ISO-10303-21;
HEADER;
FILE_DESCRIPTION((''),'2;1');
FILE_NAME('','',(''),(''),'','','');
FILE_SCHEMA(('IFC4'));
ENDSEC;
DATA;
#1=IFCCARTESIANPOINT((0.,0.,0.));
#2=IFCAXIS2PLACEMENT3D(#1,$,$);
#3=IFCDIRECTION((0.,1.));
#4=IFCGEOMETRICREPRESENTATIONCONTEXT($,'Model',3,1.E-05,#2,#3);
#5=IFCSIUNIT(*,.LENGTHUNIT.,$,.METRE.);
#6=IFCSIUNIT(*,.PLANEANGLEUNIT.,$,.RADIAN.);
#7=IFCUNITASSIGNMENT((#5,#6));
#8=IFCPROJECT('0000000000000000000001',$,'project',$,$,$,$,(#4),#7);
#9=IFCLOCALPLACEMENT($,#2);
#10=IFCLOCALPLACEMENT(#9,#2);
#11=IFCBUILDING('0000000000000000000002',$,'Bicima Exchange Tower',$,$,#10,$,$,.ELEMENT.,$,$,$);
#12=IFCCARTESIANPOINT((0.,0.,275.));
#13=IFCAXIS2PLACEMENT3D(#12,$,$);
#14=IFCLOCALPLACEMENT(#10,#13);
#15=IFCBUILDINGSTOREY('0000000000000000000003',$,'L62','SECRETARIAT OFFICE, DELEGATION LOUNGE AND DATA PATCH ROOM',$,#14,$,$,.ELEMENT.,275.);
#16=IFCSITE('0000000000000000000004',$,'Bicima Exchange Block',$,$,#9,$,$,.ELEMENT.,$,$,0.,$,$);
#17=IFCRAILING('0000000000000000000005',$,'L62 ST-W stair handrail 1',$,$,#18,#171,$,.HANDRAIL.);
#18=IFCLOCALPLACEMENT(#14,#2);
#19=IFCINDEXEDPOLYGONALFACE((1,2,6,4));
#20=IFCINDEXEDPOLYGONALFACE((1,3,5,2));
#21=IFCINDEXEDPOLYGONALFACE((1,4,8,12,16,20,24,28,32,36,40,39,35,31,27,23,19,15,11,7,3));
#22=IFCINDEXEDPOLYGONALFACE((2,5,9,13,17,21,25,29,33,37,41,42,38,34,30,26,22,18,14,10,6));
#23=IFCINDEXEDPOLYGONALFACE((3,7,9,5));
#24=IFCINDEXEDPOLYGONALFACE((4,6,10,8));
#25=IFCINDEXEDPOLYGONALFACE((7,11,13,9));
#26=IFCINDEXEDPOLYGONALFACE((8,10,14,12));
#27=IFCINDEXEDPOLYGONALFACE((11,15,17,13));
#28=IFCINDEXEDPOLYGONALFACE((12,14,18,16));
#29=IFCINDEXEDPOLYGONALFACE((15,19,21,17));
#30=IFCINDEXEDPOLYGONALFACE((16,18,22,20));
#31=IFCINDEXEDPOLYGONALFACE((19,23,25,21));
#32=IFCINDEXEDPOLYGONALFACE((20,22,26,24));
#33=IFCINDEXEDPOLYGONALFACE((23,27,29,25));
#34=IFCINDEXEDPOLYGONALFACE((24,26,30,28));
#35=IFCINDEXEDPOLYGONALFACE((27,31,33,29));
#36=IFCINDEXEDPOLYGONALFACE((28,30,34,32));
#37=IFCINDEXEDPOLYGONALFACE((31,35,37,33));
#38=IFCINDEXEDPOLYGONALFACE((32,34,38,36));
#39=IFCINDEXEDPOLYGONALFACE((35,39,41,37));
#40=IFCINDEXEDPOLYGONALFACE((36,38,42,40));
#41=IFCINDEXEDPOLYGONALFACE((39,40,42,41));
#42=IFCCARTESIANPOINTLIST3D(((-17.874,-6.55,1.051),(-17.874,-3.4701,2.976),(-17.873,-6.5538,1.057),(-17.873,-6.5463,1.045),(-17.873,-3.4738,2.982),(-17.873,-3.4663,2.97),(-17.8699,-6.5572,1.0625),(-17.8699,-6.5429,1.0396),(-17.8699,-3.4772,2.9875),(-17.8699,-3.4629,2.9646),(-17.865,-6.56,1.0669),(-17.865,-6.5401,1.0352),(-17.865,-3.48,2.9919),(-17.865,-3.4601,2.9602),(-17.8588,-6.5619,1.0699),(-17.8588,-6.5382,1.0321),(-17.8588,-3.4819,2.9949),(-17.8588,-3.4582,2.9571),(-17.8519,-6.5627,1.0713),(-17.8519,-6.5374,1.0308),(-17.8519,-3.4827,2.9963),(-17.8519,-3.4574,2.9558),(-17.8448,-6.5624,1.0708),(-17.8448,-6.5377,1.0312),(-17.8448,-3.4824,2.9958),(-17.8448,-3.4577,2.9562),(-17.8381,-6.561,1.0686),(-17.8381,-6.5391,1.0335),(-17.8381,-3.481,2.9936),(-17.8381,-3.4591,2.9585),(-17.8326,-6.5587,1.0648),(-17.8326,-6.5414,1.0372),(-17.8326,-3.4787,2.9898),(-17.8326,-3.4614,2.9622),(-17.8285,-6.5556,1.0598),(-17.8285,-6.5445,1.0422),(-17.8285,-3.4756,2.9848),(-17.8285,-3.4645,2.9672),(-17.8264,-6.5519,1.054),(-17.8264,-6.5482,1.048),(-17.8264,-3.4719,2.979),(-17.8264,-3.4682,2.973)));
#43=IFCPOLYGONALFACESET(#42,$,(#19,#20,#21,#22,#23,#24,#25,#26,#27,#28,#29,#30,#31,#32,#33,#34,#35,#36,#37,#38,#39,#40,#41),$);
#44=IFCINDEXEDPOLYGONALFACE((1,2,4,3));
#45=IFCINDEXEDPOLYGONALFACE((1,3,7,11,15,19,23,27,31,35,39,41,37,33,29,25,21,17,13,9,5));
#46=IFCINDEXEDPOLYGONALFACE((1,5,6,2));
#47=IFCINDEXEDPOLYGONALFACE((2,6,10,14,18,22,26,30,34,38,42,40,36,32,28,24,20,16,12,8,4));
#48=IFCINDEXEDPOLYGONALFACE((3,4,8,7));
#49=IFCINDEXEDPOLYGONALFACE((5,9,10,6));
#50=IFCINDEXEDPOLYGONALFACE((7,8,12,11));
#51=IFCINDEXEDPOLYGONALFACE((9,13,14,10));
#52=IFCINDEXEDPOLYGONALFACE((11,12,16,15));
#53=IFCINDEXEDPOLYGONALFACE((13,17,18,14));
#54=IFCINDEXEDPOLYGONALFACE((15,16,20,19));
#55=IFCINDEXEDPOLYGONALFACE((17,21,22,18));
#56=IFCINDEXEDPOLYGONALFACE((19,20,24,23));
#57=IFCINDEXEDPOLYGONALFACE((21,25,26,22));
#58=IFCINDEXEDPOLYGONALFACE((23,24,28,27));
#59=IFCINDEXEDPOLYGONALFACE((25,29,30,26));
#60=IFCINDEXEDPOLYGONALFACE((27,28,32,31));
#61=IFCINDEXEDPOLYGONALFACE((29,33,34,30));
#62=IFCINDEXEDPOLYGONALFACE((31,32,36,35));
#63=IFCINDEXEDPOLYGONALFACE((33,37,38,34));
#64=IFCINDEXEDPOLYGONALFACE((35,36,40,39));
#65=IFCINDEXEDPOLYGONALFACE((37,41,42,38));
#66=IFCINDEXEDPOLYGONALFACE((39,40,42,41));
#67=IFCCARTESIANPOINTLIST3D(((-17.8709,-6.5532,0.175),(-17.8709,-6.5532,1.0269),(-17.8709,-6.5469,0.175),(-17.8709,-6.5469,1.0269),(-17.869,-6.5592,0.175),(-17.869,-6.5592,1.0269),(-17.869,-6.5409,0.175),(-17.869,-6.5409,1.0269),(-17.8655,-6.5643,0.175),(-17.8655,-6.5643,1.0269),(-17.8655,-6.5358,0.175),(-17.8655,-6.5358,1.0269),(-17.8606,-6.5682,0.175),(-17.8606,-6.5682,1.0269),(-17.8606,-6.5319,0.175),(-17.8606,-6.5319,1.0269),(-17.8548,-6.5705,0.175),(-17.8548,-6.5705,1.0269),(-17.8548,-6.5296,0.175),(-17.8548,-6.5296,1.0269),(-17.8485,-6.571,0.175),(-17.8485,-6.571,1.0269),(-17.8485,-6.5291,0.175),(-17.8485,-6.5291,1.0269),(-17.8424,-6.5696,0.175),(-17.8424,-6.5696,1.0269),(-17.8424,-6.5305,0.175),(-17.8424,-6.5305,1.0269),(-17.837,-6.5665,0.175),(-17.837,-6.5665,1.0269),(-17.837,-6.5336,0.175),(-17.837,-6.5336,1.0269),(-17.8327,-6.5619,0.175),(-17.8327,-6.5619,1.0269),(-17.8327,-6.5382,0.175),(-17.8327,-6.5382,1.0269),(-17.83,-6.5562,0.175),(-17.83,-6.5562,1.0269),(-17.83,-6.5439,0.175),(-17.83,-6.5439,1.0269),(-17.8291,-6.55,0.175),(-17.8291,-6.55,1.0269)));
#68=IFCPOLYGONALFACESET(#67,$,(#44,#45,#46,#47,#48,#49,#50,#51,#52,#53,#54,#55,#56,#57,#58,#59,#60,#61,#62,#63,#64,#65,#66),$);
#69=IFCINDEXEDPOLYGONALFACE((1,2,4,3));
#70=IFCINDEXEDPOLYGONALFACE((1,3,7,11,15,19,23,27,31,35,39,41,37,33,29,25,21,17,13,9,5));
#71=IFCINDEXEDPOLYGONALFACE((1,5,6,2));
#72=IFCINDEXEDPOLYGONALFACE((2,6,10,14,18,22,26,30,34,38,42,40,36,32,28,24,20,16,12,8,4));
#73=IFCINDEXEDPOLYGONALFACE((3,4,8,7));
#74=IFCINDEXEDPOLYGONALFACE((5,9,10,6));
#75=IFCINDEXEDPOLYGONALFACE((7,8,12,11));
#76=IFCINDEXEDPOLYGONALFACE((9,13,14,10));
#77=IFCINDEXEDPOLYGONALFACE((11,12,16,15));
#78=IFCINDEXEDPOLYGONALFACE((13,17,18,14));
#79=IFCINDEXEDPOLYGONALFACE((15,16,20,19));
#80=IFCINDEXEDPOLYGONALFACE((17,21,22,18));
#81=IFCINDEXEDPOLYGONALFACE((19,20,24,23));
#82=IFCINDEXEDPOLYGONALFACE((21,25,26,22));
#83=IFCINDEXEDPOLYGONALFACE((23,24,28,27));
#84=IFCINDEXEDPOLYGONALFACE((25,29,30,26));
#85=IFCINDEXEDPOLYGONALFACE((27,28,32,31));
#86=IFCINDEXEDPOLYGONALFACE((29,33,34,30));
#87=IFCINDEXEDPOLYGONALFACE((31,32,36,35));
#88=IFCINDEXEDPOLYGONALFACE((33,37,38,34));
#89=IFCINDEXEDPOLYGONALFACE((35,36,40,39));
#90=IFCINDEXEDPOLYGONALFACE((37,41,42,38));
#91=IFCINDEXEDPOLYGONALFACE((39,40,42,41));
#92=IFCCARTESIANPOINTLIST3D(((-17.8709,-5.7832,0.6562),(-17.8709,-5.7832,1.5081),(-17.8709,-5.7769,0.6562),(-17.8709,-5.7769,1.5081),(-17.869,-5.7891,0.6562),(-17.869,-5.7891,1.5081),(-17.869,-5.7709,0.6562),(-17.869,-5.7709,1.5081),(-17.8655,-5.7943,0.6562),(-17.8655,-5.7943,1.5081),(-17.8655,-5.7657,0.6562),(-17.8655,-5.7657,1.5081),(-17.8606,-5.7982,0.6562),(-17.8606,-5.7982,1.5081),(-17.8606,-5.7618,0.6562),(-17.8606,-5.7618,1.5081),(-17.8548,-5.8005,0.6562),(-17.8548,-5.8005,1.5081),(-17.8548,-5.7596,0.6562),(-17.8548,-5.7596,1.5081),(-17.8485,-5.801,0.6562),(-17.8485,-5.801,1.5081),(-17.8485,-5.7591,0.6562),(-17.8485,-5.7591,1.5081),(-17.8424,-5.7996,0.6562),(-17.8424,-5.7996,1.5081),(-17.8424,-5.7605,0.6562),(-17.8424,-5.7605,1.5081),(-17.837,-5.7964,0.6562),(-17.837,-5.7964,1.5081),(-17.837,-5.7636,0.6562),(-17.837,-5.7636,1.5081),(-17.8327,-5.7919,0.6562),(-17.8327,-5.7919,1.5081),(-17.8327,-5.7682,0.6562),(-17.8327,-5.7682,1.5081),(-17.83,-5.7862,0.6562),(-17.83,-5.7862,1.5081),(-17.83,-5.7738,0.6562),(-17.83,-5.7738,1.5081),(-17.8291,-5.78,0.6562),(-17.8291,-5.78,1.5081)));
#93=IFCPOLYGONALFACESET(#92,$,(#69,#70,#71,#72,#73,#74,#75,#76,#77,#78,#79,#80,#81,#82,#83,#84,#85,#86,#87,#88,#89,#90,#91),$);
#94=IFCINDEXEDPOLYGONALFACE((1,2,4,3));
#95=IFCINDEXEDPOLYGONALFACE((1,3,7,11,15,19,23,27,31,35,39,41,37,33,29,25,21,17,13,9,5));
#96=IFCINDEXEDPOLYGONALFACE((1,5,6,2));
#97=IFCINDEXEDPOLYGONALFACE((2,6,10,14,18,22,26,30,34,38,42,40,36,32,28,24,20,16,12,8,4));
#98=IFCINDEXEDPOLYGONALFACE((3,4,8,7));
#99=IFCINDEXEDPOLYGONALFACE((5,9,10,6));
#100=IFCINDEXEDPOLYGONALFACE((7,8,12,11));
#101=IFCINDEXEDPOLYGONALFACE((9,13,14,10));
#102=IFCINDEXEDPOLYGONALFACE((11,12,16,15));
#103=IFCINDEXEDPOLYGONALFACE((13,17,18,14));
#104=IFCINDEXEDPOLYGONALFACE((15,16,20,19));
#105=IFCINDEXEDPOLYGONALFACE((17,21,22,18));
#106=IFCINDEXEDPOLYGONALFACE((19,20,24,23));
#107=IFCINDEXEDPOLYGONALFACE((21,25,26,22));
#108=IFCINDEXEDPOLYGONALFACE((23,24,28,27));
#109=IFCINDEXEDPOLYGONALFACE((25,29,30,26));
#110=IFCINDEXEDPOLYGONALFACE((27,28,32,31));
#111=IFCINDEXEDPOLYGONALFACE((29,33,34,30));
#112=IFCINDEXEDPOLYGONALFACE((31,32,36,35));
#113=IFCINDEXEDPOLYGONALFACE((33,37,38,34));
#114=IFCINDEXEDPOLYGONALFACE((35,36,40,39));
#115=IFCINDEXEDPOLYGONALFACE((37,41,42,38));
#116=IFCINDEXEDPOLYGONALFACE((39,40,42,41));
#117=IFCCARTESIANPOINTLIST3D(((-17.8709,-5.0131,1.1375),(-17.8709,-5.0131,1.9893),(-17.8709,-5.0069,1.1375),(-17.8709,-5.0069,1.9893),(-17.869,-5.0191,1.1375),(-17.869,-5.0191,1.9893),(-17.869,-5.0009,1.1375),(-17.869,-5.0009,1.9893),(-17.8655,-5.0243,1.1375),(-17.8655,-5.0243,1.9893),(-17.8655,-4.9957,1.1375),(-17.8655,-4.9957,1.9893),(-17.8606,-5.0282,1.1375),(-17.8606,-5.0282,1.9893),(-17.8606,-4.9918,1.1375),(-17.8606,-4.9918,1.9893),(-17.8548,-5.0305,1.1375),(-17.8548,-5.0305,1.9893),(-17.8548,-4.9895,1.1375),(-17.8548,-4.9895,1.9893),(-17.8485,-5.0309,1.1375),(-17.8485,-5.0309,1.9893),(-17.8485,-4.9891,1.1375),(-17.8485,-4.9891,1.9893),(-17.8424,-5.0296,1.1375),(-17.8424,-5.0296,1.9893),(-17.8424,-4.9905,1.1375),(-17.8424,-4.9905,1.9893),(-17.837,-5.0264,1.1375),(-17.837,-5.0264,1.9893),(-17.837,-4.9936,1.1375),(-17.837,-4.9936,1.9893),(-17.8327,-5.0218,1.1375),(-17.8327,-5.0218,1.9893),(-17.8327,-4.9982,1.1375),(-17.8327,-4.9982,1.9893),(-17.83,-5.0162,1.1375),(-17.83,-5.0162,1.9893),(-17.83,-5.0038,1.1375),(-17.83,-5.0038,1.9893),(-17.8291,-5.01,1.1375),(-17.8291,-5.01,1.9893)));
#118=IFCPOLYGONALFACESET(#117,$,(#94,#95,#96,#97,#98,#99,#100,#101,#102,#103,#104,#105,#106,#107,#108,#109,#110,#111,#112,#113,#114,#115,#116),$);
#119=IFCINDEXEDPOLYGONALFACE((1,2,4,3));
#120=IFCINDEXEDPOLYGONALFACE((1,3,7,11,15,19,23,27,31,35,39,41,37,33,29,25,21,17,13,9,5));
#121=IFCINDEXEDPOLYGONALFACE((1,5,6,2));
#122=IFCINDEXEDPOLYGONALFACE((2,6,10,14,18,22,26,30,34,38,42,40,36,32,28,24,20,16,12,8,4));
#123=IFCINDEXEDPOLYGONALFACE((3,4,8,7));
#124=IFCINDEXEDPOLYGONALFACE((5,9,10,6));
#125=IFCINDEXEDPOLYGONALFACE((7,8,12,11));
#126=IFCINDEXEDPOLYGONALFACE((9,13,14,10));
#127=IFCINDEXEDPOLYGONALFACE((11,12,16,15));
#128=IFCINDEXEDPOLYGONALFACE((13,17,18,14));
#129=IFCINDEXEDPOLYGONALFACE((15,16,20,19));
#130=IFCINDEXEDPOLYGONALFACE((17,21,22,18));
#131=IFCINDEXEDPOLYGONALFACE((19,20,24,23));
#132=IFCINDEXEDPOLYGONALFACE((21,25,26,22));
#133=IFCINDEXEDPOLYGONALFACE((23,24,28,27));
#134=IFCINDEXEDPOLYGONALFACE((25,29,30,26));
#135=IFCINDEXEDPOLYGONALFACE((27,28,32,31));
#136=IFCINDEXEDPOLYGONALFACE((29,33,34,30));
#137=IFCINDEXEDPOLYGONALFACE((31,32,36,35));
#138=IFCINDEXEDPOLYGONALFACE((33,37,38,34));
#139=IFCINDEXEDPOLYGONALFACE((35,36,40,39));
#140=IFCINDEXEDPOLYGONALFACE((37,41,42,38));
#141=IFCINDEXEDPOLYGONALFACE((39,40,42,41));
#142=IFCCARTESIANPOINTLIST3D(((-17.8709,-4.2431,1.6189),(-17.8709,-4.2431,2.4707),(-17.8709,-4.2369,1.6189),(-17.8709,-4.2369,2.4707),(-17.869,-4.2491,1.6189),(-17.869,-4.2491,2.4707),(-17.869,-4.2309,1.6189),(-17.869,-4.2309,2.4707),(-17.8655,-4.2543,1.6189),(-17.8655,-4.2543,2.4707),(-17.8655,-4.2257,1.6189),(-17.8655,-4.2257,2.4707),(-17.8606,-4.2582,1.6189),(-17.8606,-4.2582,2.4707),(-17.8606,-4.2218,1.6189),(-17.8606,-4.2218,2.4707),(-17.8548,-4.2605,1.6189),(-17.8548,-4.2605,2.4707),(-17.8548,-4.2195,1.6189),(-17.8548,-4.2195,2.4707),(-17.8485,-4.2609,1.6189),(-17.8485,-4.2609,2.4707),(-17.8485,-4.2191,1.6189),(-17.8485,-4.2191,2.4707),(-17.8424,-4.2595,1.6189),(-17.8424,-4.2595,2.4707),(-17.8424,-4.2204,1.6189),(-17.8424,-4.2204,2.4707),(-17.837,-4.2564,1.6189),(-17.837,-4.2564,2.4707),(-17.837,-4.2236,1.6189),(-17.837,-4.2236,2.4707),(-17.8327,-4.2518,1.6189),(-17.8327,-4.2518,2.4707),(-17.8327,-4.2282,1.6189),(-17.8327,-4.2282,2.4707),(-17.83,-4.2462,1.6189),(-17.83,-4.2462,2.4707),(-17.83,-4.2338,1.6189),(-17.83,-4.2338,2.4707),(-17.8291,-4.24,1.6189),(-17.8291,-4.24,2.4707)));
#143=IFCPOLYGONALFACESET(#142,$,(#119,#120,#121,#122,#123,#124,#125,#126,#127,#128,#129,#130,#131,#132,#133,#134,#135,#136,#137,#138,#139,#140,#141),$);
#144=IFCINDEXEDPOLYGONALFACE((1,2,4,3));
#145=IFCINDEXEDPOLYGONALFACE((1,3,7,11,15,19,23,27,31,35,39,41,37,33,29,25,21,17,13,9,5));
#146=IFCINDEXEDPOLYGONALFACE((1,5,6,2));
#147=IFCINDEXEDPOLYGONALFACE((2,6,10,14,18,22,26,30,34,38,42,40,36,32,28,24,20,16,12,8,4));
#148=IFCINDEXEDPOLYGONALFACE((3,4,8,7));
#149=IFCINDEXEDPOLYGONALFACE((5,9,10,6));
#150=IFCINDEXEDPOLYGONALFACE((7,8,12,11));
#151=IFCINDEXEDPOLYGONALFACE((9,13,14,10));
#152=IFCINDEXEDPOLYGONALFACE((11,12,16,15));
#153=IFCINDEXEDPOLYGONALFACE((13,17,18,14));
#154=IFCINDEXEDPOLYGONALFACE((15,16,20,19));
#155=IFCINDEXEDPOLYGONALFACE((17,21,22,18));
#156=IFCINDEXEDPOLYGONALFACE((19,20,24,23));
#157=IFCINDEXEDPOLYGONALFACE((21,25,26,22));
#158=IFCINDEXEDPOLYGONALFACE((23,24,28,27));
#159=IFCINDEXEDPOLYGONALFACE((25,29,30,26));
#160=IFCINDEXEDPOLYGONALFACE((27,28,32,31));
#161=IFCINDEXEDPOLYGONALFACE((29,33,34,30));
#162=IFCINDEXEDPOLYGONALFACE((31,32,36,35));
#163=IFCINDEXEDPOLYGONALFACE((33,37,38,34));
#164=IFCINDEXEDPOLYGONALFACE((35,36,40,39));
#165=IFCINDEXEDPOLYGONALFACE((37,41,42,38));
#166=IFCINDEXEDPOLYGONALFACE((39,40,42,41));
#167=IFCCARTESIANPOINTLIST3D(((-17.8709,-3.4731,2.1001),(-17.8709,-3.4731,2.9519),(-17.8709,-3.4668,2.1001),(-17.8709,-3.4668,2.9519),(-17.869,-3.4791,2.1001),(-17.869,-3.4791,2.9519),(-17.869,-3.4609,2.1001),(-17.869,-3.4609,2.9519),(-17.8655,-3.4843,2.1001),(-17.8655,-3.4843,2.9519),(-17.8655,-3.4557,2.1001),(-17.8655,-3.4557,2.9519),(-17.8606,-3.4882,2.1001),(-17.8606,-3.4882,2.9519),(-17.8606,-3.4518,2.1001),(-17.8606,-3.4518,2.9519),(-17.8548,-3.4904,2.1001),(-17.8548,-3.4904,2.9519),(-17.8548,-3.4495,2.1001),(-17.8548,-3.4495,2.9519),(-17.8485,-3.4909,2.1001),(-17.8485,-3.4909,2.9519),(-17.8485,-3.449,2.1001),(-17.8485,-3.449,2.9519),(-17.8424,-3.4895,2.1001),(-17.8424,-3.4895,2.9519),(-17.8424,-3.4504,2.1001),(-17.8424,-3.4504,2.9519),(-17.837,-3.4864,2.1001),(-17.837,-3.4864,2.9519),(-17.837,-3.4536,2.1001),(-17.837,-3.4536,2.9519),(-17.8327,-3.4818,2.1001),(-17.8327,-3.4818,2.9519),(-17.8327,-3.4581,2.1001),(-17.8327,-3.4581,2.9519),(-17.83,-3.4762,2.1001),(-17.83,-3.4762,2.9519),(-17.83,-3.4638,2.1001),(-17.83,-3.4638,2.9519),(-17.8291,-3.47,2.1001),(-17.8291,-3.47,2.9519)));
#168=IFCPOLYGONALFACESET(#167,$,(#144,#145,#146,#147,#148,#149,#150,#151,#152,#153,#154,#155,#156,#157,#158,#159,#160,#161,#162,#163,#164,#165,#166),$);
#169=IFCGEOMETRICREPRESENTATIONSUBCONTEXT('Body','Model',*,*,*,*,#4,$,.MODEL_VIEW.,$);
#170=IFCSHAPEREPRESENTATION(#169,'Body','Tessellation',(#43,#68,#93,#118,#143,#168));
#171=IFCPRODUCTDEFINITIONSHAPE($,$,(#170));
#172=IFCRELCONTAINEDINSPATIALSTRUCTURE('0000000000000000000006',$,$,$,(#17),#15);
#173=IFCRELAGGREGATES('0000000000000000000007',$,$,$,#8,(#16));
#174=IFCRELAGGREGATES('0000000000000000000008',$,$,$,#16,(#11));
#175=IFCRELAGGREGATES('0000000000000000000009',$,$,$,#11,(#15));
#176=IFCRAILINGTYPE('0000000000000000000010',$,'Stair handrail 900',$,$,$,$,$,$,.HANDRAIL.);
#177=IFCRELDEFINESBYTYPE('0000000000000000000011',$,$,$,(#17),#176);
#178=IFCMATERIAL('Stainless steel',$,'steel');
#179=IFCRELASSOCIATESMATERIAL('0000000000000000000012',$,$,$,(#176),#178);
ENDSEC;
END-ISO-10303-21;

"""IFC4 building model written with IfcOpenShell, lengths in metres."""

from ifc_helpers import new_model, si_unit, direction, frame, origin, origin_2d, place, context, subcontext, project, spatial, circle, extrude, material, type_object, element, save


model = new_model("IFC4")

# Units and contexts
model_context = context("Model", 3, precision=1e-05, world=origin(), true_north=direction((0.0, 1.0)))
body_context = subcontext(model_context, "Body", "Model", "MODEL_VIEW")
ifc_project = project(units=[si_unit("LENGTHUNIT", "METRE"), si_unit("PLANEANGLEUNIT", "RADIAN")], contexts=[model_context])

# Site, building, storey
site_placement = place(None, origin())
site = spatial("IfcSite", under=ifc_project, at=site_placement, Name="Bicima Exchange Block", CompositionType="ELEMENT", RefElevation=0.0)
building_placement = place(site_placement, origin())
building = spatial("IfcBuilding", under=site, at=building_placement, Name="Bicima Exchange Tower", CompositionType="ELEMENT")
storey_placement = place(building_placement, frame((0.0, 0.0, 275.0)))
storey = spatial("IfcBuildingStorey", under=building, at=storey_placement, Name="L62", Description="SECRETARIAT OFFICE, DELEGATION LOUNGE AND DATA PATCH ROOM", CompositionType="ELEMENT", Elevation=275.0)

# Shared definitions
ifc_material_1 = material(Name="Stainless steel", Category="steel")

# Railing
railing_type_1 = type_object("IfcRailingType", Name="Stair handrail 900", PredefinedType="HANDRAIL", material=ifc_material_1)
railing_1_placement = place(storey_placement, frame((-17.8501, -6.55, 0.175)))
element("IfcRailing", 1, at=railing_1_placement, inside=storey, type_object=railing_type_1, Name="L62 ST-W stair handrail 1", PredefinedType="HANDRAIL", context=body_context, shape_type="SweptSolid", body=[
    extrude(circle(Radius=0.0239, at=origin_2d()), frame((0.0, 0.0, 0.876), z_axis=(0.0, 0.847998, 0.529999), x_axis=(-1.0, 0.0, 0.0)), (0.0, 0.0, 1.0), 3.6321),
    extrude(circle(Radius=0.021, at=origin_2d()), origin(), (0.0, 0.0, 1.0), 0.8518),
    extrude(circle(Radius=0.021, at=origin_2d()), frame((0.0, 0.77, 0.4812)), (0.0, 0.0, 1.0), 0.8518),
    extrude(circle(Radius=0.021, at=origin_2d()), frame((0.0, 1.54, 0.9624)), (0.0, 0.0, 1.0), 0.8518),
    extrude(circle(Radius=0.021, at=origin_2d()), frame((0.0, 2.3101, 1.4438)), (0.0, 0.0, 1.0), 0.8518),
    extrude(circle(Radius=0.021, at=origin_2d()), frame((0.0, 3.0801, 1.925)), (0.0, 0.0, 1.0), 0.8518),
])

save(model, "model.ifc")
